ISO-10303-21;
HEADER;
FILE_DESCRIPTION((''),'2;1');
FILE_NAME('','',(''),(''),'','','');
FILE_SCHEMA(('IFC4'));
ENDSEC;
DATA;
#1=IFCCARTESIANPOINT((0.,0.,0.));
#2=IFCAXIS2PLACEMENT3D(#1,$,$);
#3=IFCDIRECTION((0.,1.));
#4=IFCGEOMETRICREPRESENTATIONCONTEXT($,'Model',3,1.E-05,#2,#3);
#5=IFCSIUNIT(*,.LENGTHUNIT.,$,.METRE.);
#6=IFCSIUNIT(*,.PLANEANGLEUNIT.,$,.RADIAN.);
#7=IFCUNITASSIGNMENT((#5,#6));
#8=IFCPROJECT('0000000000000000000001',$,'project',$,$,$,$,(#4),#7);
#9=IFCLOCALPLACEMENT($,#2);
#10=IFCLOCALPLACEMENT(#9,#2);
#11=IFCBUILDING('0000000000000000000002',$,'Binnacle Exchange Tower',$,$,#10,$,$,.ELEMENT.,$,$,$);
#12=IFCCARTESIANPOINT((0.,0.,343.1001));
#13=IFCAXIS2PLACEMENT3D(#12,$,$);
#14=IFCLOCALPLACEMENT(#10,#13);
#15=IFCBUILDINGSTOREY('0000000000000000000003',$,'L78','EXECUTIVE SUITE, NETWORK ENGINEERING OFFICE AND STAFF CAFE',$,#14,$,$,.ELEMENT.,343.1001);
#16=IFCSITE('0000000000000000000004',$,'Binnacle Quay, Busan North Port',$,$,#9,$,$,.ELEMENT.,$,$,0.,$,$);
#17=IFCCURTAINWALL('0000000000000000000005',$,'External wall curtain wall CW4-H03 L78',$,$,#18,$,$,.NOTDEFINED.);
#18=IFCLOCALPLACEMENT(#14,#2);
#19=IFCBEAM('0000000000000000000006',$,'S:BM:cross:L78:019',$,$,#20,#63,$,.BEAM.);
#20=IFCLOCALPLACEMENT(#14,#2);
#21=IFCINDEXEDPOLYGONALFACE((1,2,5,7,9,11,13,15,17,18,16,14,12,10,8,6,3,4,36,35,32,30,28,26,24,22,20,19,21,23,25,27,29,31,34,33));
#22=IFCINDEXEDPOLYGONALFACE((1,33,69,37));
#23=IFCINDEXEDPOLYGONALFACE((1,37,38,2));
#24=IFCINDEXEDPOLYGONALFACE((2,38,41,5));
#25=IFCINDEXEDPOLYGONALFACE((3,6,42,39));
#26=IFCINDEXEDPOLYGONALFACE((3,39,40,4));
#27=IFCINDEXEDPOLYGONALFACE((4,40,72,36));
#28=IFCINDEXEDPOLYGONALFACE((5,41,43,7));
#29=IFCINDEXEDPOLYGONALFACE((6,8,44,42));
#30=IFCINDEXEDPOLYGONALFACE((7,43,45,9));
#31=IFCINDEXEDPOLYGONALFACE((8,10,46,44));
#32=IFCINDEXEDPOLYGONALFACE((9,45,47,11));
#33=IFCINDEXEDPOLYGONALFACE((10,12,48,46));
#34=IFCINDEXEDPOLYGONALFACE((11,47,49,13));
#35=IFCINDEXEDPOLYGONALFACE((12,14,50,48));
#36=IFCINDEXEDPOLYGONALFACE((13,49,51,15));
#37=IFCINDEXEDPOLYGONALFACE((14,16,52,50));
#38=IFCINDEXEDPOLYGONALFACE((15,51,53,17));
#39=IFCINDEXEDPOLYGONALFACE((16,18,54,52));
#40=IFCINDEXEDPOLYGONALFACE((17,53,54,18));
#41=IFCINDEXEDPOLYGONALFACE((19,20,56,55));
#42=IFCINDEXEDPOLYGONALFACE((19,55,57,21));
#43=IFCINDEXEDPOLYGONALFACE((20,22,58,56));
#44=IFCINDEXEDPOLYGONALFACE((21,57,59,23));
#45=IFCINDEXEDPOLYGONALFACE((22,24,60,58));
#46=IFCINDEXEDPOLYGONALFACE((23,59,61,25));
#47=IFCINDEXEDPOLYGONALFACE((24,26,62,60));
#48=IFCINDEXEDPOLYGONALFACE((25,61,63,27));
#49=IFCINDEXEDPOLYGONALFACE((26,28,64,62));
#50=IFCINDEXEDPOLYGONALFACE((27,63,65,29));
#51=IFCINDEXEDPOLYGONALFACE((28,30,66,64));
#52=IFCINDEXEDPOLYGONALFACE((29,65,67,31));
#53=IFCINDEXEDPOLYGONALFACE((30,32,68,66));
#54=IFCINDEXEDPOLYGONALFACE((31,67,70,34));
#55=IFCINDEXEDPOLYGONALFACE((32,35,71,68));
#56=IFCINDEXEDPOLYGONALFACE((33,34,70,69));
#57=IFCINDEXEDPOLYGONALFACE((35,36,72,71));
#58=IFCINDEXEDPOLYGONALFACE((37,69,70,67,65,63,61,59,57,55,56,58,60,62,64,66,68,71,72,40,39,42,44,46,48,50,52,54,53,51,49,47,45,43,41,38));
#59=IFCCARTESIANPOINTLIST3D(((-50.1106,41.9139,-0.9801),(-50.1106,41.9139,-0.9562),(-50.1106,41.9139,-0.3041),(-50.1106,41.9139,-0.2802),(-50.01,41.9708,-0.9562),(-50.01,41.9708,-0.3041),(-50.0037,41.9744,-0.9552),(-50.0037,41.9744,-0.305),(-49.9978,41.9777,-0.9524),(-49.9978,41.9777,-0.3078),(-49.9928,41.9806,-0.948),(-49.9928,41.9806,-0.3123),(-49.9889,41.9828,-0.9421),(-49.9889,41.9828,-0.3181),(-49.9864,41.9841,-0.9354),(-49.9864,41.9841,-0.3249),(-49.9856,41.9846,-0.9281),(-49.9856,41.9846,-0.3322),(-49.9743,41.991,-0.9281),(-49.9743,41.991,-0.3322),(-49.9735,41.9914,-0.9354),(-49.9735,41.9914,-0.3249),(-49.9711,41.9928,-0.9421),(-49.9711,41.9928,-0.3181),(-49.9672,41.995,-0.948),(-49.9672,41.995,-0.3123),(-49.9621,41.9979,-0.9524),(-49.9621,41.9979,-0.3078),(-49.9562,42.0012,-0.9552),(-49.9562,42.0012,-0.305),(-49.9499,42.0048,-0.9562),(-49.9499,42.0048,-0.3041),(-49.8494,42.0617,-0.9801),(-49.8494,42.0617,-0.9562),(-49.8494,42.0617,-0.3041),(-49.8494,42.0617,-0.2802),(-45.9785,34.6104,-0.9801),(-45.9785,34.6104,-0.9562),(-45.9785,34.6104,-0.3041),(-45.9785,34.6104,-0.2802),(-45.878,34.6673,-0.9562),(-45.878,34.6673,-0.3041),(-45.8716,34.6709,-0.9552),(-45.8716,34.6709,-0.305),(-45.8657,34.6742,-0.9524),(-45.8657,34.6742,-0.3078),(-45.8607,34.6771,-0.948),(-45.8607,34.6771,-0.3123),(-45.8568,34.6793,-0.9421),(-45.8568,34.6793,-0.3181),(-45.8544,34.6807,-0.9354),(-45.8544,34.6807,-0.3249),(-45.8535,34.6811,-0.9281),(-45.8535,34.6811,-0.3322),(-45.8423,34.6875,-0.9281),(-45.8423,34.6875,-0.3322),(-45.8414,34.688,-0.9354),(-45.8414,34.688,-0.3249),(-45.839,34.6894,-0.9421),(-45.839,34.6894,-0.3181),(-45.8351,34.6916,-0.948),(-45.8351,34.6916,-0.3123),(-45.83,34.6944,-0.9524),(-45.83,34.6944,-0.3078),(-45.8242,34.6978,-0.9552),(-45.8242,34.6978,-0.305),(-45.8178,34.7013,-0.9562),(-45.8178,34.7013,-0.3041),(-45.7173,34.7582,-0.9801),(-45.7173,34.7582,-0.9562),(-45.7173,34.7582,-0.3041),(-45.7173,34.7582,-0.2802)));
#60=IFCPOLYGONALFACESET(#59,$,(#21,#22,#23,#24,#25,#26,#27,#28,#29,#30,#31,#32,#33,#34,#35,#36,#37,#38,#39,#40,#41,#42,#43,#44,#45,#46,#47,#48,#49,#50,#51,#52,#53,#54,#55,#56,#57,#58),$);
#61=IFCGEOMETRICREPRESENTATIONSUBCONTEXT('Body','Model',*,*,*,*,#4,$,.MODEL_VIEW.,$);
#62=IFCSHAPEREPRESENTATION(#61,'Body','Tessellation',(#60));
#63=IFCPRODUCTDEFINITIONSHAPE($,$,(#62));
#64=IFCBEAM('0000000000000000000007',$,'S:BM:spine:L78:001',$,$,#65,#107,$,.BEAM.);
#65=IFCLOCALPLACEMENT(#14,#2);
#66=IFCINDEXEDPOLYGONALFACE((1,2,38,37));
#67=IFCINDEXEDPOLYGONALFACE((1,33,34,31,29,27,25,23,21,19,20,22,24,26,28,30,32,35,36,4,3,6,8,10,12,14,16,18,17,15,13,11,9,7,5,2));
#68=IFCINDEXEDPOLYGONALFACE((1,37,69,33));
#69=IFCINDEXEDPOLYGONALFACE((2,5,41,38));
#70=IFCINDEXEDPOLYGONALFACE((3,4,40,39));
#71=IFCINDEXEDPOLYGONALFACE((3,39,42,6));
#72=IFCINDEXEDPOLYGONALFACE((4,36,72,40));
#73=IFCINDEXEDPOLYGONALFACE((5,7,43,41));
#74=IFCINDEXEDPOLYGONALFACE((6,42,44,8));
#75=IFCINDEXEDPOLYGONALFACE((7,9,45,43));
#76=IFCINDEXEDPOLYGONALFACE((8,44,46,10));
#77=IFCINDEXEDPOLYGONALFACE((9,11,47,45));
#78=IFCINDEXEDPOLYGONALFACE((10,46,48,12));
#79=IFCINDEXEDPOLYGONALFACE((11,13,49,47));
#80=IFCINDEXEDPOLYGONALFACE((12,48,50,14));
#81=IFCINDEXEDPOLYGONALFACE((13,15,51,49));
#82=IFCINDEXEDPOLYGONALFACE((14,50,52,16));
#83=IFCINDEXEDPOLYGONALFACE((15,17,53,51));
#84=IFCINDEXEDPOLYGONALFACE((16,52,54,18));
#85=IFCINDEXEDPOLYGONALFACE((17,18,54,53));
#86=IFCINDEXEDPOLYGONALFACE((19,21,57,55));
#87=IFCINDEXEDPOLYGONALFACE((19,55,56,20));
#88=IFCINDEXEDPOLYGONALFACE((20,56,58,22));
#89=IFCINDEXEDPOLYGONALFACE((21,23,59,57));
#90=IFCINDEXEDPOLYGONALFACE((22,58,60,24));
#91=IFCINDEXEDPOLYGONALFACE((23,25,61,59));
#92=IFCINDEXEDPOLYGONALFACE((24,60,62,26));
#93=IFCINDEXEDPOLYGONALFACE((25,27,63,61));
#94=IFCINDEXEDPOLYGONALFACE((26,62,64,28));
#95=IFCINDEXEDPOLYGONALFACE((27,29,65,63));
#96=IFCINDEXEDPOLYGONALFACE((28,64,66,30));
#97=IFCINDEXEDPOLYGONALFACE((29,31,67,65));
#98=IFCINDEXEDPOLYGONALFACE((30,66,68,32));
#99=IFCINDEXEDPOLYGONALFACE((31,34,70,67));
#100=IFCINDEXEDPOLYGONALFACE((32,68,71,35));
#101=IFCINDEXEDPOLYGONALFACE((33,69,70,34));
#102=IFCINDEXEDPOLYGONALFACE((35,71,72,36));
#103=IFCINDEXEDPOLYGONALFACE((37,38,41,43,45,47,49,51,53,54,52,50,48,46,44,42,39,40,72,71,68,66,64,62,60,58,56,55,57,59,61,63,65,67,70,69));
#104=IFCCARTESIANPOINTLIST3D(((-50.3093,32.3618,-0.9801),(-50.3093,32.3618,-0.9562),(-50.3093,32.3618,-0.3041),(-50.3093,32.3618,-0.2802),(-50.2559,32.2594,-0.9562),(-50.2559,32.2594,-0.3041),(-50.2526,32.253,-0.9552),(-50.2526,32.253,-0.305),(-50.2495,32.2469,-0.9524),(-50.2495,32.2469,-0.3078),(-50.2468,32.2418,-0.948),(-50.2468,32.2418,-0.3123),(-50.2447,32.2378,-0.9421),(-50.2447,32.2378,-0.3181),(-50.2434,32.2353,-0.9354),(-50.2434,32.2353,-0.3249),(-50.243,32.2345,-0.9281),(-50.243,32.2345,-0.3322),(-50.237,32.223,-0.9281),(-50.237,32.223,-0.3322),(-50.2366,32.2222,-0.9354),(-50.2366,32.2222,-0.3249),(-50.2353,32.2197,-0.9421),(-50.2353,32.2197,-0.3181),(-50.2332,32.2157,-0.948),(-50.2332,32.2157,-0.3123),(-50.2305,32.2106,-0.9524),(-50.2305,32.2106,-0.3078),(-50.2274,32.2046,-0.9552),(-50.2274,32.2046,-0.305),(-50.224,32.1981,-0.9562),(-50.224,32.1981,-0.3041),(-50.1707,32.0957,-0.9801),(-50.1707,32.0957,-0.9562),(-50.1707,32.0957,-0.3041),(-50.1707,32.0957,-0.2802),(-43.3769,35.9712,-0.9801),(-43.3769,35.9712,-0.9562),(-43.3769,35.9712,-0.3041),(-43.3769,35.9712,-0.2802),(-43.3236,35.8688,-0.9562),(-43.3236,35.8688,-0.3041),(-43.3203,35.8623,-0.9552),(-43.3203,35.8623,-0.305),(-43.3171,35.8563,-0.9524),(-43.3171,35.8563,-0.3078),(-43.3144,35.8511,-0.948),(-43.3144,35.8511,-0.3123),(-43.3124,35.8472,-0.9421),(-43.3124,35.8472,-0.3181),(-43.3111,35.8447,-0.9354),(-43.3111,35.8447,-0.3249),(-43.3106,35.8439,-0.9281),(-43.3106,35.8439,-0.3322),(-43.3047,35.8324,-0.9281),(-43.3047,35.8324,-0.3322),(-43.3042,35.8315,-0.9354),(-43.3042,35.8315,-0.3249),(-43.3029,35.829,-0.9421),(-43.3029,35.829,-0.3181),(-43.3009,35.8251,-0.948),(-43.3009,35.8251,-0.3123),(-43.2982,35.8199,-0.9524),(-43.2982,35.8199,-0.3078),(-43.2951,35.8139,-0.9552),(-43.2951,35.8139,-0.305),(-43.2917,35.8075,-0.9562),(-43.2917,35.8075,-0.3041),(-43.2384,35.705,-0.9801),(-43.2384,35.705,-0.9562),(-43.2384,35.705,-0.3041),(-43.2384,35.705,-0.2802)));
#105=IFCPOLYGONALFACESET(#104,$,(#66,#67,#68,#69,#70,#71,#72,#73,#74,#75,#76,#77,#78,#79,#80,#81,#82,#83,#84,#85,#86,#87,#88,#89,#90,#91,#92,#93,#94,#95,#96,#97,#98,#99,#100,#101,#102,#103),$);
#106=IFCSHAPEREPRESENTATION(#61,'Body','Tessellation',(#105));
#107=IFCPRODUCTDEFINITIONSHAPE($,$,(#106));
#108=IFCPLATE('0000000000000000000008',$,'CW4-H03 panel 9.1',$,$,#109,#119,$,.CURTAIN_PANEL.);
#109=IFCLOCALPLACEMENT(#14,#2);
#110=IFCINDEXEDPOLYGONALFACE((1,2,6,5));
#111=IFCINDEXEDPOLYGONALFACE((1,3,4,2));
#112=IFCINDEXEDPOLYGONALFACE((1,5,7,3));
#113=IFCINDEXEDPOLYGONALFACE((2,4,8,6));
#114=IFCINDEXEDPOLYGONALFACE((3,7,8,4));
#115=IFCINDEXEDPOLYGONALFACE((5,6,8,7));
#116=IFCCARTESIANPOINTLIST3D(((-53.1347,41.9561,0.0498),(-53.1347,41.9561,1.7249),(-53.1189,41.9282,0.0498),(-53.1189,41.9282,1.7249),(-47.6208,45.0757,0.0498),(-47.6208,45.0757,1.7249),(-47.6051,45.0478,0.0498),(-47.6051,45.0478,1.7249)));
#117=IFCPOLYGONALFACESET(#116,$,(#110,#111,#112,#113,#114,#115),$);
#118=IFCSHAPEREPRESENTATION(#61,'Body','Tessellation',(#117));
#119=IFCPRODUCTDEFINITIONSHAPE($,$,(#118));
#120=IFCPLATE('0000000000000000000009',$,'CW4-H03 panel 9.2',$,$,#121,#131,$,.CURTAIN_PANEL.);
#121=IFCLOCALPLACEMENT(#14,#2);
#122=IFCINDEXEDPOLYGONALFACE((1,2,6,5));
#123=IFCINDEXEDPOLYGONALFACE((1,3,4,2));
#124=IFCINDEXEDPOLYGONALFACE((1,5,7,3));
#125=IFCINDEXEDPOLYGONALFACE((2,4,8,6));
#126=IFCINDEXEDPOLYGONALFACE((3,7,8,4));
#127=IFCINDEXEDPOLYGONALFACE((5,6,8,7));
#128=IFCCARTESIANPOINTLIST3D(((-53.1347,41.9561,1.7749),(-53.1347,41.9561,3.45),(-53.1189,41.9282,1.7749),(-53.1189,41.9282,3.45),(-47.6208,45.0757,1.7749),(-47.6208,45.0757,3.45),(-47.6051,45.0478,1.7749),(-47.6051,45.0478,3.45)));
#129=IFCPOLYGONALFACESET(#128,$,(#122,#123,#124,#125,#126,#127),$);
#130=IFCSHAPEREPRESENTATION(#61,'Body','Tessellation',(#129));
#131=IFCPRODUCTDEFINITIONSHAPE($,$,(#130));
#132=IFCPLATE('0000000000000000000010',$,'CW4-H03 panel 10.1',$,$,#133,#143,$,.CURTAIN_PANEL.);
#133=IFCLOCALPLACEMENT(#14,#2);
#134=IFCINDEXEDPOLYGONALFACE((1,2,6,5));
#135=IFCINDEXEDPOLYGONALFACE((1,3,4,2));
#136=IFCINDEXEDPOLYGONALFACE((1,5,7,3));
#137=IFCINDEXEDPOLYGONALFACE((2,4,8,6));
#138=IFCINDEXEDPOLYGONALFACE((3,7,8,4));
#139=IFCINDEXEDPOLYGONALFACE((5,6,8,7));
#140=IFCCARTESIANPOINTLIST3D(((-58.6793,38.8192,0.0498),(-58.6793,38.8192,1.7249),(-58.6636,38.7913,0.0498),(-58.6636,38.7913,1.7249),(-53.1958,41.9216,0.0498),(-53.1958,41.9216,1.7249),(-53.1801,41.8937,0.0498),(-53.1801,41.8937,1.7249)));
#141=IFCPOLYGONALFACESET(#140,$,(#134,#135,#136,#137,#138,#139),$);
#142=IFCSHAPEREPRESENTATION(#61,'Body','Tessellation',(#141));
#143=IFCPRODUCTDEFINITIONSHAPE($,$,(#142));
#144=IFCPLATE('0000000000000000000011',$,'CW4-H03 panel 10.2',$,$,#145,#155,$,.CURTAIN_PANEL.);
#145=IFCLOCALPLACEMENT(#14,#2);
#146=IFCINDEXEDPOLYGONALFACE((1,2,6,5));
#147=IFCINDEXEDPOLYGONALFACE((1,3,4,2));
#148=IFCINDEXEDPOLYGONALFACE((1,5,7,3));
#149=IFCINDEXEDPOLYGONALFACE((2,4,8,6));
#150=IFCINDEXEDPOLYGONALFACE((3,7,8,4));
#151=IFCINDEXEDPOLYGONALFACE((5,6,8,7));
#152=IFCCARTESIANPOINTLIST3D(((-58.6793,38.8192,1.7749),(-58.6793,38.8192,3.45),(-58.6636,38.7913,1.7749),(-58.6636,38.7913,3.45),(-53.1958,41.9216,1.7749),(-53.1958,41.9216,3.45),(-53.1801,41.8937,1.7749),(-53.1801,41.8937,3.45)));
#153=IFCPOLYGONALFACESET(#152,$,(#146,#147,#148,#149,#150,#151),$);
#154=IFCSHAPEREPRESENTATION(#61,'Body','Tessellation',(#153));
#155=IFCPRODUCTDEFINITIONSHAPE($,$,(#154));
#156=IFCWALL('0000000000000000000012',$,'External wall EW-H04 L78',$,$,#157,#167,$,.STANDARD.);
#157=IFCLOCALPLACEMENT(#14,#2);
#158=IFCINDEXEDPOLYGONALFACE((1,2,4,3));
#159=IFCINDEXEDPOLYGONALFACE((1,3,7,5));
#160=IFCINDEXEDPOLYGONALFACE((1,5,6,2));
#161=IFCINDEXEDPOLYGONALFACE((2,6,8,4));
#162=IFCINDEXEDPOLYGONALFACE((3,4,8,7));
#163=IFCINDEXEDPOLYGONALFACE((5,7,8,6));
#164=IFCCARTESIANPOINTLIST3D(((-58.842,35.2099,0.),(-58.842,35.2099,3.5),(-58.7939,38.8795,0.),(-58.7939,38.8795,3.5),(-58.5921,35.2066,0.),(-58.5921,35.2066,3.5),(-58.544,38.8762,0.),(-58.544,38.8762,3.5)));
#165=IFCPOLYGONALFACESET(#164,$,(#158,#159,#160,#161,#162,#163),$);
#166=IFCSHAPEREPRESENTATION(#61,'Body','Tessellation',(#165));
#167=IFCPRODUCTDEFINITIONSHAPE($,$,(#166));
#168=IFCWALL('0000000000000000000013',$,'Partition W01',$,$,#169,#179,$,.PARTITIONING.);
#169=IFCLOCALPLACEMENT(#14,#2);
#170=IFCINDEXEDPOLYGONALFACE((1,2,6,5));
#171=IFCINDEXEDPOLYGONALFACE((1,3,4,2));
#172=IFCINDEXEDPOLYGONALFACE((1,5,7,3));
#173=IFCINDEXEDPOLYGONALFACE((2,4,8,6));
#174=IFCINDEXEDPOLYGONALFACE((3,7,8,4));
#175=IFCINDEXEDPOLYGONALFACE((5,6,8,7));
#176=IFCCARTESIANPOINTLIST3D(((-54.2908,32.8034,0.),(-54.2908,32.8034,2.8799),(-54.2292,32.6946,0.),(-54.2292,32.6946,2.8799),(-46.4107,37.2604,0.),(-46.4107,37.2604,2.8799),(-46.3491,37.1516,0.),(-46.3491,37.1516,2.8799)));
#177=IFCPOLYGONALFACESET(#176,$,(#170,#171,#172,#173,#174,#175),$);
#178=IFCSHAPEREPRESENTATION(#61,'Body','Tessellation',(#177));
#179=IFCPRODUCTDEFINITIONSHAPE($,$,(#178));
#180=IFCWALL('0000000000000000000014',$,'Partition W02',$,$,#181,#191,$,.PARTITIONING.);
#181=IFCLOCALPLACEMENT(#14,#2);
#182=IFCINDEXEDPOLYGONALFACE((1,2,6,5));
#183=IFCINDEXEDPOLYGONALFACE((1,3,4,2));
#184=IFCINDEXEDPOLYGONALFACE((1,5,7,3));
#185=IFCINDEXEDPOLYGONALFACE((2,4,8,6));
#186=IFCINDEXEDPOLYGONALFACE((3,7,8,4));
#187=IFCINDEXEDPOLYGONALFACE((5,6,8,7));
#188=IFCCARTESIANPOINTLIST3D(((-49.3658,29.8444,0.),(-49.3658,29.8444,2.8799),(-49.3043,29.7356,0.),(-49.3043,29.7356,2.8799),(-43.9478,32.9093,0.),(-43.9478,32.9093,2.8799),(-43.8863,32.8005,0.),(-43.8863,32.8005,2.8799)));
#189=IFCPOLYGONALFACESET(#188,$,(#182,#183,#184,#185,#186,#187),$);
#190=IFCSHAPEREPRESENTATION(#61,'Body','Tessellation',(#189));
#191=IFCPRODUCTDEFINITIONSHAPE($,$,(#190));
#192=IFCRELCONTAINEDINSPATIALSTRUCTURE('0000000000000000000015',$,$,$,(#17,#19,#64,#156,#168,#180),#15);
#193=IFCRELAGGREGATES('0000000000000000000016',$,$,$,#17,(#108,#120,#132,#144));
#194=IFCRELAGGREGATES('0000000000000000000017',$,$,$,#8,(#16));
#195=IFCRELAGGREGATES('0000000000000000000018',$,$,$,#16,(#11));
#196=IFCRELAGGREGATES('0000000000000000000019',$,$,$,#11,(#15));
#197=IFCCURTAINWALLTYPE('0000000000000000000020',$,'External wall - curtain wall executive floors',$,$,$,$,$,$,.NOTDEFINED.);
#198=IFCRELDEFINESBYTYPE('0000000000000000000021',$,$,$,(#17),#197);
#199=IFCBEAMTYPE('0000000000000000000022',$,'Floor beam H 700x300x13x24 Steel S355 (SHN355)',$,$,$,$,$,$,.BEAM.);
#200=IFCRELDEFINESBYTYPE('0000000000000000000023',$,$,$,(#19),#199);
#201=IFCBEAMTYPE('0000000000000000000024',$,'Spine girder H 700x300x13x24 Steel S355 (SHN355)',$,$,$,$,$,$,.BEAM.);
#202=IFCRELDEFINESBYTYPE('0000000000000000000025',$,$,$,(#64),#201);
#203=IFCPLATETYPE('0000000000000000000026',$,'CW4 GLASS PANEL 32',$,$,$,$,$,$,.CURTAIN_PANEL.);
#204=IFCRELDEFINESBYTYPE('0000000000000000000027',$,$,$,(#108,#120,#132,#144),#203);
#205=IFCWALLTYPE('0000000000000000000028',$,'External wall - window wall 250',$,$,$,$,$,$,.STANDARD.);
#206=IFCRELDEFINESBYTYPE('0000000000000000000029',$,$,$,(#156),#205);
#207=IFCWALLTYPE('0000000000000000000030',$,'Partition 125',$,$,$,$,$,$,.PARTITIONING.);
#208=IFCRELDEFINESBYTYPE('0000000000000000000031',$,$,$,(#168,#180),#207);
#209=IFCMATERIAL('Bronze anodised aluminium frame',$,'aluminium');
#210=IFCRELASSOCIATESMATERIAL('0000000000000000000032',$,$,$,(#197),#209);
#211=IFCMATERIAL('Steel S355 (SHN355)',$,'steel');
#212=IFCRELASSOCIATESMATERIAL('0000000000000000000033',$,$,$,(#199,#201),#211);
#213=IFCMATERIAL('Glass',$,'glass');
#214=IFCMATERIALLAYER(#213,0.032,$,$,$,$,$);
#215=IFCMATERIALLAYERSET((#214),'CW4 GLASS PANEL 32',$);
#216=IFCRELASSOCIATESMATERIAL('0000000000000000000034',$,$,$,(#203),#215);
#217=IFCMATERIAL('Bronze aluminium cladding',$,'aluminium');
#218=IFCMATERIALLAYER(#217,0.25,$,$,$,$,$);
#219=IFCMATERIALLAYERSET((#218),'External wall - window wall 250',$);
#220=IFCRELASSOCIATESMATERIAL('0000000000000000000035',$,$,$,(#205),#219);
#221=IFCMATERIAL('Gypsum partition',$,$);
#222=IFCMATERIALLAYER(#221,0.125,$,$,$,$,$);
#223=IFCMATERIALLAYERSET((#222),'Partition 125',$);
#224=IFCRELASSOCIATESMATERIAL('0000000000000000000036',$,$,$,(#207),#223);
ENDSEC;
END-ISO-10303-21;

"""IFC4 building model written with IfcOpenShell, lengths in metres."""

from ifc_helpers import new_model, si_unit, direction, frame, frame_2d, origin, origin_2d, place, context, subcontext, project, spatial, rectangle, i_section, extrude, material, layer, layer_set, material_profile, profile_set, type_object, element, aggregate, save


model = new_model("IFC4")

# Units and contexts
model_context = context("Model", 3, precision=1e-05, world=origin(), true_north=direction((0.0, 1.0)))
body_context = subcontext(model_context, "Body", "Model", "MODEL_VIEW")
ifc_project = project(units=[si_unit("LENGTHUNIT", "METRE"), si_unit("PLANEANGLEUNIT", "RADIAN")], contexts=[model_context])

# Site, building, storey
site_placement = place(None, origin())
site = spatial("IfcSite", under=ifc_project, at=site_placement, Name="Binnacle Quay, Busan North Port", CompositionType="ELEMENT", RefElevation=0.0)
building_placement = place(site_placement, origin())
building = spatial("IfcBuilding", under=site, at=building_placement, Name="Binnacle Exchange Tower", CompositionType="ELEMENT")
storey_placement = place(building_placement, frame((0.0, 0.0, 343.1001)))
storey = spatial("IfcBuildingStorey", under=building, at=storey_placement, Name="L78", Description="EXECUTIVE SUITE, NETWORK ENGINEERING OFFICE AND STAFF CAFE", CompositionType="ELEMENT", Elevation=343.1001)

# Curtain wall
ifc_material_1 = material(Name="Bronze anodised aluminium frame", Category="aluminium")
curtain_wall_type = type_object("IfcCurtainWallType", Name="External wall - curtain wall executive floors", PredefinedType="NOTDEFINED", material=ifc_material_1)
curtain_wall_placement = place(storey_placement, origin())
curtain_wall = element("IfcCurtainWall", 1, at=curtain_wall_placement, inside=storey, type_object=curtain_wall_type, Name="External wall curtain wall CW4-H03 L78", PredefinedType="NOTDEFINED")

# Beams
ifc_material_2 = material(Name="Steel S355 (SHN355)", Category="steel")
ifc_material_profile_1 = material_profile(ifc_material_2, i_section(OverallWidth=0.3, OverallDepth=0.7, WebThickness=0.0129, FlangeThickness=0.0239, FilletRadius=0.0281, at=origin_2d()), Name="H 700x300x13x24")
ifc_profile_set_1 = profile_set([ifc_material_profile_1], Name="Steel S355 (SHN355)")
beam_type_1 = type_object("IfcBeamType", Name="Floor beam H 700x300x13x24 Steel S355 (SHN355)", PredefinedType="BEAM", material=ifc_profile_set_1)
beam_1_placement = place(storey_placement, frame((-49.98, 41.9878, -0.6301), z_axis=(0.492422, -0.870357, 0.0), x_axis=(0.870357, 0.492422, 0.0)))
element("IfcBeam", 2, at=beam_1_placement, inside=storey, type_object=beam_type_1, Name="S:BM:cross:L78:019", PredefinedType="BEAM", context=body_context, shape_type="SweptSolid", body=[
    extrude(i_section(OverallWidth=0.3, OverallDepth=0.7, WebThickness=0.0129, FlangeThickness=0.0239, FilletRadius=0.0281, at=origin_2d()), origin(), (0.0, 0.0, 1.0), 8.3914),
])
ifc_material_profile_2 = material_profile(ifc_material_2, i_section(OverallWidth=0.3, OverallDepth=0.7, WebThickness=0.0129, FlangeThickness=0.0239, FilletRadius=0.0281, at=origin_2d()), Name="H 700x300x13x24")
ifc_profile_set_2 = profile_set([ifc_material_profile_2], Name="Steel S355 (SHN355)")
beam_type_2 = type_object("IfcBeamType", Name="Spine girder H 700x300x13x24 Steel S355 (SHN355)", PredefinedType="BEAM", material=ifc_profile_set_2)
beam_2_placement = place(storey_placement, frame((-50.24, 32.2288, -0.6301), z_axis=(0.886979, 0.46181, 0.0), x_axis=(-0.46181, 0.886979, 0.0)))
element("IfcBeam", 3, at=beam_2_placement, inside=storey, type_object=beam_type_2, Name="S:BM:spine:L78:001", PredefinedType="BEAM", context=body_context, shape_type="SweptSolid", body=[
    extrude(i_section(OverallWidth=0.3, OverallDepth=0.7, WebThickness=0.0129, FlangeThickness=0.0239, FilletRadius=0.0281, at=origin_2d()), origin(), (0.0, 0.0, 1.0), 7.8157),
])

# Plates
ifc_material_3 = material(Name="Glass", Category="glass")
ifc_layer_1 = layer(ifc_material_3, 0.032)
ifc_layer_set_1 = layer_set([ifc_layer_1], Name="CW4 GLASS PANEL 32")
plate_type = type_object("IfcPlateType", Name="CW4 GLASS PANEL 32", PredefinedType="CURTAIN_PANEL", material=ifc_layer_set_1)
plate_1_placement = place(storey_placement, frame((-50.3699, 43.502, 0.0498), z_axis=(0.0, 0.0, 1.0), x_axis=(-0.870356, -0.492424, 0.0)))
plate_1 = element("IfcPlate", 4, at=plate_1_placement, type_object=plate_type, Name="CW4-H03 panel 9.1", PredefinedType="CURTAIN_PANEL", context=body_context, shape_type="SweptSolid", body=[
    extrude(rectangle(XDim=6.3352, YDim=0.032, at=origin_2d()), origin(), (0.0, 0.0, 1.0), 1.675),
])
plate_2_placement = place(storey_placement, frame((-50.3699, 43.502, 1.7749), z_axis=(0.0, 0.0, 1.0), x_axis=(-0.870356, -0.492424, 0.0)))
plate_2 = element("IfcPlate", 5, at=plate_2_placement, type_object=plate_type, Name="CW4-H03 panel 9.2", PredefinedType="CURTAIN_PANEL", context=body_context, shape_type="SweptSolid", body=[
    extrude(rectangle(XDim=6.3352, YDim=0.032, at=origin_2d()), origin(), (0.0, 0.0, 1.0), 1.675),
])
plate_3_placement = place(storey_placement, frame((-55.9297, 40.3564, 0.0498), z_axis=(0.0, 0.0, 1.0), x_axis=(-0.870356, -0.492424, 0.0)))
plate_3 = element("IfcPlate", 6, at=plate_3_placement, type_object=plate_type, Name="CW4-H03 panel 10.1", PredefinedType="CURTAIN_PANEL", context=body_context, shape_type="SweptSolid", body=[
    extrude(rectangle(XDim=6.3003, YDim=0.032, at=origin_2d()), origin(), (0.0, 0.0, 1.0), 1.675),
])
plate_4_placement = place(storey_placement, frame((-55.9297, 40.3564, 1.7749), z_axis=(0.0, 0.0, 1.0), x_axis=(-0.870356, -0.492424, 0.0)))
plate_4 = element("IfcPlate", 7, at=plate_4_placement, type_object=plate_type, Name="CW4-H03 panel 10.2", PredefinedType="CURTAIN_PANEL", context=body_context, shape_type="SweptSolid", body=[
    extrude(rectangle(XDim=6.3003, YDim=0.032, at=origin_2d()), origin(), (0.0, 0.0, 1.0), 1.675),
])
aggregate(curtain_wall, [plate_1, plate_2, plate_3, plate_4])

# Walls
ifc_material_4 = material(Name="Bronze aluminium cladding", Category="aluminium")
ifc_layer_2 = layer(ifc_material_4, 0.25)
ifc_layer_set_2 = layer_set([ifc_layer_2], Name="External wall - window wall 250")
wall_type_1 = type_object("IfcWallType", Name="External wall - window wall 250", PredefinedType="STANDARD", material=ifc_layer_set_2)
wall_1_placement = place(storey_placement, frame((-58.717, 35.2083, 0.0), z_axis=(0.0, 0.0, 1.0), x_axis=(0.013105, 0.999914, 0.0)))
element("IfcWall", 8, at=wall_1_placement, inside=storey, type_object=wall_type_1, Name="External wall EW-H04 L78", PredefinedType="STANDARD", context=body_context, shape_type="SweptSolid", body=[
    extrude(rectangle(XDim=3.6699, YDim=0.25, at=frame_2d((1.835, 0.0))), origin(), (0.0, 0.0, 1.0), 3.5),
])
ifc_material_5 = material(Name="Gypsum partition")
ifc_layer_3 = layer(ifc_material_5, 0.125)
ifc_layer_set_3 = layer_set([ifc_layer_3], Name="Partition 125")
wall_type_2 = type_object("IfcWallType", Name="Partition 125", PredefinedType="PARTITIONING", material=ifc_layer_set_3)
wall_2_placement = place(storey_placement, frame((-54.26, 32.749, 0.0), z_axis=(0.0, 0.0, 1.0), x_axis=(0.870419, 0.492312, 0.0)))
element("IfcWall", 9, at=wall_2_placement, inside=storey, type_object=wall_type_2, Name="Partition W01", PredefinedType="PARTITIONING", context=body_context, shape_type="SweptSolid", body=[
    extrude(rectangle(XDim=9.0532, YDim=0.125, at=frame_2d((4.5266, 0.0))), origin(), (0.0, 0.0, 1.0), 2.8799),
])
wall_3_placement = place(storey_placement, frame((-49.335, 29.79, 0.0), z_axis=(0.0, 0.0, 1.0), x_axis=(0.870383, 0.492375, 0.0)))
element("IfcWall", 10, at=wall_3_placement, inside=storey, type_object=wall_type_2, Name="Partition W02", PredefinedType="PARTITIONING", context=body_context, shape_type="SweptSolid", body=[
    extrude(rectangle(XDim=6.2249, YDim=0.125, at=frame_2d((3.1123, 0.0))), origin(), (0.0, 0.0, 1.0), 2.8799),
])

save(model, "model.ifc")
